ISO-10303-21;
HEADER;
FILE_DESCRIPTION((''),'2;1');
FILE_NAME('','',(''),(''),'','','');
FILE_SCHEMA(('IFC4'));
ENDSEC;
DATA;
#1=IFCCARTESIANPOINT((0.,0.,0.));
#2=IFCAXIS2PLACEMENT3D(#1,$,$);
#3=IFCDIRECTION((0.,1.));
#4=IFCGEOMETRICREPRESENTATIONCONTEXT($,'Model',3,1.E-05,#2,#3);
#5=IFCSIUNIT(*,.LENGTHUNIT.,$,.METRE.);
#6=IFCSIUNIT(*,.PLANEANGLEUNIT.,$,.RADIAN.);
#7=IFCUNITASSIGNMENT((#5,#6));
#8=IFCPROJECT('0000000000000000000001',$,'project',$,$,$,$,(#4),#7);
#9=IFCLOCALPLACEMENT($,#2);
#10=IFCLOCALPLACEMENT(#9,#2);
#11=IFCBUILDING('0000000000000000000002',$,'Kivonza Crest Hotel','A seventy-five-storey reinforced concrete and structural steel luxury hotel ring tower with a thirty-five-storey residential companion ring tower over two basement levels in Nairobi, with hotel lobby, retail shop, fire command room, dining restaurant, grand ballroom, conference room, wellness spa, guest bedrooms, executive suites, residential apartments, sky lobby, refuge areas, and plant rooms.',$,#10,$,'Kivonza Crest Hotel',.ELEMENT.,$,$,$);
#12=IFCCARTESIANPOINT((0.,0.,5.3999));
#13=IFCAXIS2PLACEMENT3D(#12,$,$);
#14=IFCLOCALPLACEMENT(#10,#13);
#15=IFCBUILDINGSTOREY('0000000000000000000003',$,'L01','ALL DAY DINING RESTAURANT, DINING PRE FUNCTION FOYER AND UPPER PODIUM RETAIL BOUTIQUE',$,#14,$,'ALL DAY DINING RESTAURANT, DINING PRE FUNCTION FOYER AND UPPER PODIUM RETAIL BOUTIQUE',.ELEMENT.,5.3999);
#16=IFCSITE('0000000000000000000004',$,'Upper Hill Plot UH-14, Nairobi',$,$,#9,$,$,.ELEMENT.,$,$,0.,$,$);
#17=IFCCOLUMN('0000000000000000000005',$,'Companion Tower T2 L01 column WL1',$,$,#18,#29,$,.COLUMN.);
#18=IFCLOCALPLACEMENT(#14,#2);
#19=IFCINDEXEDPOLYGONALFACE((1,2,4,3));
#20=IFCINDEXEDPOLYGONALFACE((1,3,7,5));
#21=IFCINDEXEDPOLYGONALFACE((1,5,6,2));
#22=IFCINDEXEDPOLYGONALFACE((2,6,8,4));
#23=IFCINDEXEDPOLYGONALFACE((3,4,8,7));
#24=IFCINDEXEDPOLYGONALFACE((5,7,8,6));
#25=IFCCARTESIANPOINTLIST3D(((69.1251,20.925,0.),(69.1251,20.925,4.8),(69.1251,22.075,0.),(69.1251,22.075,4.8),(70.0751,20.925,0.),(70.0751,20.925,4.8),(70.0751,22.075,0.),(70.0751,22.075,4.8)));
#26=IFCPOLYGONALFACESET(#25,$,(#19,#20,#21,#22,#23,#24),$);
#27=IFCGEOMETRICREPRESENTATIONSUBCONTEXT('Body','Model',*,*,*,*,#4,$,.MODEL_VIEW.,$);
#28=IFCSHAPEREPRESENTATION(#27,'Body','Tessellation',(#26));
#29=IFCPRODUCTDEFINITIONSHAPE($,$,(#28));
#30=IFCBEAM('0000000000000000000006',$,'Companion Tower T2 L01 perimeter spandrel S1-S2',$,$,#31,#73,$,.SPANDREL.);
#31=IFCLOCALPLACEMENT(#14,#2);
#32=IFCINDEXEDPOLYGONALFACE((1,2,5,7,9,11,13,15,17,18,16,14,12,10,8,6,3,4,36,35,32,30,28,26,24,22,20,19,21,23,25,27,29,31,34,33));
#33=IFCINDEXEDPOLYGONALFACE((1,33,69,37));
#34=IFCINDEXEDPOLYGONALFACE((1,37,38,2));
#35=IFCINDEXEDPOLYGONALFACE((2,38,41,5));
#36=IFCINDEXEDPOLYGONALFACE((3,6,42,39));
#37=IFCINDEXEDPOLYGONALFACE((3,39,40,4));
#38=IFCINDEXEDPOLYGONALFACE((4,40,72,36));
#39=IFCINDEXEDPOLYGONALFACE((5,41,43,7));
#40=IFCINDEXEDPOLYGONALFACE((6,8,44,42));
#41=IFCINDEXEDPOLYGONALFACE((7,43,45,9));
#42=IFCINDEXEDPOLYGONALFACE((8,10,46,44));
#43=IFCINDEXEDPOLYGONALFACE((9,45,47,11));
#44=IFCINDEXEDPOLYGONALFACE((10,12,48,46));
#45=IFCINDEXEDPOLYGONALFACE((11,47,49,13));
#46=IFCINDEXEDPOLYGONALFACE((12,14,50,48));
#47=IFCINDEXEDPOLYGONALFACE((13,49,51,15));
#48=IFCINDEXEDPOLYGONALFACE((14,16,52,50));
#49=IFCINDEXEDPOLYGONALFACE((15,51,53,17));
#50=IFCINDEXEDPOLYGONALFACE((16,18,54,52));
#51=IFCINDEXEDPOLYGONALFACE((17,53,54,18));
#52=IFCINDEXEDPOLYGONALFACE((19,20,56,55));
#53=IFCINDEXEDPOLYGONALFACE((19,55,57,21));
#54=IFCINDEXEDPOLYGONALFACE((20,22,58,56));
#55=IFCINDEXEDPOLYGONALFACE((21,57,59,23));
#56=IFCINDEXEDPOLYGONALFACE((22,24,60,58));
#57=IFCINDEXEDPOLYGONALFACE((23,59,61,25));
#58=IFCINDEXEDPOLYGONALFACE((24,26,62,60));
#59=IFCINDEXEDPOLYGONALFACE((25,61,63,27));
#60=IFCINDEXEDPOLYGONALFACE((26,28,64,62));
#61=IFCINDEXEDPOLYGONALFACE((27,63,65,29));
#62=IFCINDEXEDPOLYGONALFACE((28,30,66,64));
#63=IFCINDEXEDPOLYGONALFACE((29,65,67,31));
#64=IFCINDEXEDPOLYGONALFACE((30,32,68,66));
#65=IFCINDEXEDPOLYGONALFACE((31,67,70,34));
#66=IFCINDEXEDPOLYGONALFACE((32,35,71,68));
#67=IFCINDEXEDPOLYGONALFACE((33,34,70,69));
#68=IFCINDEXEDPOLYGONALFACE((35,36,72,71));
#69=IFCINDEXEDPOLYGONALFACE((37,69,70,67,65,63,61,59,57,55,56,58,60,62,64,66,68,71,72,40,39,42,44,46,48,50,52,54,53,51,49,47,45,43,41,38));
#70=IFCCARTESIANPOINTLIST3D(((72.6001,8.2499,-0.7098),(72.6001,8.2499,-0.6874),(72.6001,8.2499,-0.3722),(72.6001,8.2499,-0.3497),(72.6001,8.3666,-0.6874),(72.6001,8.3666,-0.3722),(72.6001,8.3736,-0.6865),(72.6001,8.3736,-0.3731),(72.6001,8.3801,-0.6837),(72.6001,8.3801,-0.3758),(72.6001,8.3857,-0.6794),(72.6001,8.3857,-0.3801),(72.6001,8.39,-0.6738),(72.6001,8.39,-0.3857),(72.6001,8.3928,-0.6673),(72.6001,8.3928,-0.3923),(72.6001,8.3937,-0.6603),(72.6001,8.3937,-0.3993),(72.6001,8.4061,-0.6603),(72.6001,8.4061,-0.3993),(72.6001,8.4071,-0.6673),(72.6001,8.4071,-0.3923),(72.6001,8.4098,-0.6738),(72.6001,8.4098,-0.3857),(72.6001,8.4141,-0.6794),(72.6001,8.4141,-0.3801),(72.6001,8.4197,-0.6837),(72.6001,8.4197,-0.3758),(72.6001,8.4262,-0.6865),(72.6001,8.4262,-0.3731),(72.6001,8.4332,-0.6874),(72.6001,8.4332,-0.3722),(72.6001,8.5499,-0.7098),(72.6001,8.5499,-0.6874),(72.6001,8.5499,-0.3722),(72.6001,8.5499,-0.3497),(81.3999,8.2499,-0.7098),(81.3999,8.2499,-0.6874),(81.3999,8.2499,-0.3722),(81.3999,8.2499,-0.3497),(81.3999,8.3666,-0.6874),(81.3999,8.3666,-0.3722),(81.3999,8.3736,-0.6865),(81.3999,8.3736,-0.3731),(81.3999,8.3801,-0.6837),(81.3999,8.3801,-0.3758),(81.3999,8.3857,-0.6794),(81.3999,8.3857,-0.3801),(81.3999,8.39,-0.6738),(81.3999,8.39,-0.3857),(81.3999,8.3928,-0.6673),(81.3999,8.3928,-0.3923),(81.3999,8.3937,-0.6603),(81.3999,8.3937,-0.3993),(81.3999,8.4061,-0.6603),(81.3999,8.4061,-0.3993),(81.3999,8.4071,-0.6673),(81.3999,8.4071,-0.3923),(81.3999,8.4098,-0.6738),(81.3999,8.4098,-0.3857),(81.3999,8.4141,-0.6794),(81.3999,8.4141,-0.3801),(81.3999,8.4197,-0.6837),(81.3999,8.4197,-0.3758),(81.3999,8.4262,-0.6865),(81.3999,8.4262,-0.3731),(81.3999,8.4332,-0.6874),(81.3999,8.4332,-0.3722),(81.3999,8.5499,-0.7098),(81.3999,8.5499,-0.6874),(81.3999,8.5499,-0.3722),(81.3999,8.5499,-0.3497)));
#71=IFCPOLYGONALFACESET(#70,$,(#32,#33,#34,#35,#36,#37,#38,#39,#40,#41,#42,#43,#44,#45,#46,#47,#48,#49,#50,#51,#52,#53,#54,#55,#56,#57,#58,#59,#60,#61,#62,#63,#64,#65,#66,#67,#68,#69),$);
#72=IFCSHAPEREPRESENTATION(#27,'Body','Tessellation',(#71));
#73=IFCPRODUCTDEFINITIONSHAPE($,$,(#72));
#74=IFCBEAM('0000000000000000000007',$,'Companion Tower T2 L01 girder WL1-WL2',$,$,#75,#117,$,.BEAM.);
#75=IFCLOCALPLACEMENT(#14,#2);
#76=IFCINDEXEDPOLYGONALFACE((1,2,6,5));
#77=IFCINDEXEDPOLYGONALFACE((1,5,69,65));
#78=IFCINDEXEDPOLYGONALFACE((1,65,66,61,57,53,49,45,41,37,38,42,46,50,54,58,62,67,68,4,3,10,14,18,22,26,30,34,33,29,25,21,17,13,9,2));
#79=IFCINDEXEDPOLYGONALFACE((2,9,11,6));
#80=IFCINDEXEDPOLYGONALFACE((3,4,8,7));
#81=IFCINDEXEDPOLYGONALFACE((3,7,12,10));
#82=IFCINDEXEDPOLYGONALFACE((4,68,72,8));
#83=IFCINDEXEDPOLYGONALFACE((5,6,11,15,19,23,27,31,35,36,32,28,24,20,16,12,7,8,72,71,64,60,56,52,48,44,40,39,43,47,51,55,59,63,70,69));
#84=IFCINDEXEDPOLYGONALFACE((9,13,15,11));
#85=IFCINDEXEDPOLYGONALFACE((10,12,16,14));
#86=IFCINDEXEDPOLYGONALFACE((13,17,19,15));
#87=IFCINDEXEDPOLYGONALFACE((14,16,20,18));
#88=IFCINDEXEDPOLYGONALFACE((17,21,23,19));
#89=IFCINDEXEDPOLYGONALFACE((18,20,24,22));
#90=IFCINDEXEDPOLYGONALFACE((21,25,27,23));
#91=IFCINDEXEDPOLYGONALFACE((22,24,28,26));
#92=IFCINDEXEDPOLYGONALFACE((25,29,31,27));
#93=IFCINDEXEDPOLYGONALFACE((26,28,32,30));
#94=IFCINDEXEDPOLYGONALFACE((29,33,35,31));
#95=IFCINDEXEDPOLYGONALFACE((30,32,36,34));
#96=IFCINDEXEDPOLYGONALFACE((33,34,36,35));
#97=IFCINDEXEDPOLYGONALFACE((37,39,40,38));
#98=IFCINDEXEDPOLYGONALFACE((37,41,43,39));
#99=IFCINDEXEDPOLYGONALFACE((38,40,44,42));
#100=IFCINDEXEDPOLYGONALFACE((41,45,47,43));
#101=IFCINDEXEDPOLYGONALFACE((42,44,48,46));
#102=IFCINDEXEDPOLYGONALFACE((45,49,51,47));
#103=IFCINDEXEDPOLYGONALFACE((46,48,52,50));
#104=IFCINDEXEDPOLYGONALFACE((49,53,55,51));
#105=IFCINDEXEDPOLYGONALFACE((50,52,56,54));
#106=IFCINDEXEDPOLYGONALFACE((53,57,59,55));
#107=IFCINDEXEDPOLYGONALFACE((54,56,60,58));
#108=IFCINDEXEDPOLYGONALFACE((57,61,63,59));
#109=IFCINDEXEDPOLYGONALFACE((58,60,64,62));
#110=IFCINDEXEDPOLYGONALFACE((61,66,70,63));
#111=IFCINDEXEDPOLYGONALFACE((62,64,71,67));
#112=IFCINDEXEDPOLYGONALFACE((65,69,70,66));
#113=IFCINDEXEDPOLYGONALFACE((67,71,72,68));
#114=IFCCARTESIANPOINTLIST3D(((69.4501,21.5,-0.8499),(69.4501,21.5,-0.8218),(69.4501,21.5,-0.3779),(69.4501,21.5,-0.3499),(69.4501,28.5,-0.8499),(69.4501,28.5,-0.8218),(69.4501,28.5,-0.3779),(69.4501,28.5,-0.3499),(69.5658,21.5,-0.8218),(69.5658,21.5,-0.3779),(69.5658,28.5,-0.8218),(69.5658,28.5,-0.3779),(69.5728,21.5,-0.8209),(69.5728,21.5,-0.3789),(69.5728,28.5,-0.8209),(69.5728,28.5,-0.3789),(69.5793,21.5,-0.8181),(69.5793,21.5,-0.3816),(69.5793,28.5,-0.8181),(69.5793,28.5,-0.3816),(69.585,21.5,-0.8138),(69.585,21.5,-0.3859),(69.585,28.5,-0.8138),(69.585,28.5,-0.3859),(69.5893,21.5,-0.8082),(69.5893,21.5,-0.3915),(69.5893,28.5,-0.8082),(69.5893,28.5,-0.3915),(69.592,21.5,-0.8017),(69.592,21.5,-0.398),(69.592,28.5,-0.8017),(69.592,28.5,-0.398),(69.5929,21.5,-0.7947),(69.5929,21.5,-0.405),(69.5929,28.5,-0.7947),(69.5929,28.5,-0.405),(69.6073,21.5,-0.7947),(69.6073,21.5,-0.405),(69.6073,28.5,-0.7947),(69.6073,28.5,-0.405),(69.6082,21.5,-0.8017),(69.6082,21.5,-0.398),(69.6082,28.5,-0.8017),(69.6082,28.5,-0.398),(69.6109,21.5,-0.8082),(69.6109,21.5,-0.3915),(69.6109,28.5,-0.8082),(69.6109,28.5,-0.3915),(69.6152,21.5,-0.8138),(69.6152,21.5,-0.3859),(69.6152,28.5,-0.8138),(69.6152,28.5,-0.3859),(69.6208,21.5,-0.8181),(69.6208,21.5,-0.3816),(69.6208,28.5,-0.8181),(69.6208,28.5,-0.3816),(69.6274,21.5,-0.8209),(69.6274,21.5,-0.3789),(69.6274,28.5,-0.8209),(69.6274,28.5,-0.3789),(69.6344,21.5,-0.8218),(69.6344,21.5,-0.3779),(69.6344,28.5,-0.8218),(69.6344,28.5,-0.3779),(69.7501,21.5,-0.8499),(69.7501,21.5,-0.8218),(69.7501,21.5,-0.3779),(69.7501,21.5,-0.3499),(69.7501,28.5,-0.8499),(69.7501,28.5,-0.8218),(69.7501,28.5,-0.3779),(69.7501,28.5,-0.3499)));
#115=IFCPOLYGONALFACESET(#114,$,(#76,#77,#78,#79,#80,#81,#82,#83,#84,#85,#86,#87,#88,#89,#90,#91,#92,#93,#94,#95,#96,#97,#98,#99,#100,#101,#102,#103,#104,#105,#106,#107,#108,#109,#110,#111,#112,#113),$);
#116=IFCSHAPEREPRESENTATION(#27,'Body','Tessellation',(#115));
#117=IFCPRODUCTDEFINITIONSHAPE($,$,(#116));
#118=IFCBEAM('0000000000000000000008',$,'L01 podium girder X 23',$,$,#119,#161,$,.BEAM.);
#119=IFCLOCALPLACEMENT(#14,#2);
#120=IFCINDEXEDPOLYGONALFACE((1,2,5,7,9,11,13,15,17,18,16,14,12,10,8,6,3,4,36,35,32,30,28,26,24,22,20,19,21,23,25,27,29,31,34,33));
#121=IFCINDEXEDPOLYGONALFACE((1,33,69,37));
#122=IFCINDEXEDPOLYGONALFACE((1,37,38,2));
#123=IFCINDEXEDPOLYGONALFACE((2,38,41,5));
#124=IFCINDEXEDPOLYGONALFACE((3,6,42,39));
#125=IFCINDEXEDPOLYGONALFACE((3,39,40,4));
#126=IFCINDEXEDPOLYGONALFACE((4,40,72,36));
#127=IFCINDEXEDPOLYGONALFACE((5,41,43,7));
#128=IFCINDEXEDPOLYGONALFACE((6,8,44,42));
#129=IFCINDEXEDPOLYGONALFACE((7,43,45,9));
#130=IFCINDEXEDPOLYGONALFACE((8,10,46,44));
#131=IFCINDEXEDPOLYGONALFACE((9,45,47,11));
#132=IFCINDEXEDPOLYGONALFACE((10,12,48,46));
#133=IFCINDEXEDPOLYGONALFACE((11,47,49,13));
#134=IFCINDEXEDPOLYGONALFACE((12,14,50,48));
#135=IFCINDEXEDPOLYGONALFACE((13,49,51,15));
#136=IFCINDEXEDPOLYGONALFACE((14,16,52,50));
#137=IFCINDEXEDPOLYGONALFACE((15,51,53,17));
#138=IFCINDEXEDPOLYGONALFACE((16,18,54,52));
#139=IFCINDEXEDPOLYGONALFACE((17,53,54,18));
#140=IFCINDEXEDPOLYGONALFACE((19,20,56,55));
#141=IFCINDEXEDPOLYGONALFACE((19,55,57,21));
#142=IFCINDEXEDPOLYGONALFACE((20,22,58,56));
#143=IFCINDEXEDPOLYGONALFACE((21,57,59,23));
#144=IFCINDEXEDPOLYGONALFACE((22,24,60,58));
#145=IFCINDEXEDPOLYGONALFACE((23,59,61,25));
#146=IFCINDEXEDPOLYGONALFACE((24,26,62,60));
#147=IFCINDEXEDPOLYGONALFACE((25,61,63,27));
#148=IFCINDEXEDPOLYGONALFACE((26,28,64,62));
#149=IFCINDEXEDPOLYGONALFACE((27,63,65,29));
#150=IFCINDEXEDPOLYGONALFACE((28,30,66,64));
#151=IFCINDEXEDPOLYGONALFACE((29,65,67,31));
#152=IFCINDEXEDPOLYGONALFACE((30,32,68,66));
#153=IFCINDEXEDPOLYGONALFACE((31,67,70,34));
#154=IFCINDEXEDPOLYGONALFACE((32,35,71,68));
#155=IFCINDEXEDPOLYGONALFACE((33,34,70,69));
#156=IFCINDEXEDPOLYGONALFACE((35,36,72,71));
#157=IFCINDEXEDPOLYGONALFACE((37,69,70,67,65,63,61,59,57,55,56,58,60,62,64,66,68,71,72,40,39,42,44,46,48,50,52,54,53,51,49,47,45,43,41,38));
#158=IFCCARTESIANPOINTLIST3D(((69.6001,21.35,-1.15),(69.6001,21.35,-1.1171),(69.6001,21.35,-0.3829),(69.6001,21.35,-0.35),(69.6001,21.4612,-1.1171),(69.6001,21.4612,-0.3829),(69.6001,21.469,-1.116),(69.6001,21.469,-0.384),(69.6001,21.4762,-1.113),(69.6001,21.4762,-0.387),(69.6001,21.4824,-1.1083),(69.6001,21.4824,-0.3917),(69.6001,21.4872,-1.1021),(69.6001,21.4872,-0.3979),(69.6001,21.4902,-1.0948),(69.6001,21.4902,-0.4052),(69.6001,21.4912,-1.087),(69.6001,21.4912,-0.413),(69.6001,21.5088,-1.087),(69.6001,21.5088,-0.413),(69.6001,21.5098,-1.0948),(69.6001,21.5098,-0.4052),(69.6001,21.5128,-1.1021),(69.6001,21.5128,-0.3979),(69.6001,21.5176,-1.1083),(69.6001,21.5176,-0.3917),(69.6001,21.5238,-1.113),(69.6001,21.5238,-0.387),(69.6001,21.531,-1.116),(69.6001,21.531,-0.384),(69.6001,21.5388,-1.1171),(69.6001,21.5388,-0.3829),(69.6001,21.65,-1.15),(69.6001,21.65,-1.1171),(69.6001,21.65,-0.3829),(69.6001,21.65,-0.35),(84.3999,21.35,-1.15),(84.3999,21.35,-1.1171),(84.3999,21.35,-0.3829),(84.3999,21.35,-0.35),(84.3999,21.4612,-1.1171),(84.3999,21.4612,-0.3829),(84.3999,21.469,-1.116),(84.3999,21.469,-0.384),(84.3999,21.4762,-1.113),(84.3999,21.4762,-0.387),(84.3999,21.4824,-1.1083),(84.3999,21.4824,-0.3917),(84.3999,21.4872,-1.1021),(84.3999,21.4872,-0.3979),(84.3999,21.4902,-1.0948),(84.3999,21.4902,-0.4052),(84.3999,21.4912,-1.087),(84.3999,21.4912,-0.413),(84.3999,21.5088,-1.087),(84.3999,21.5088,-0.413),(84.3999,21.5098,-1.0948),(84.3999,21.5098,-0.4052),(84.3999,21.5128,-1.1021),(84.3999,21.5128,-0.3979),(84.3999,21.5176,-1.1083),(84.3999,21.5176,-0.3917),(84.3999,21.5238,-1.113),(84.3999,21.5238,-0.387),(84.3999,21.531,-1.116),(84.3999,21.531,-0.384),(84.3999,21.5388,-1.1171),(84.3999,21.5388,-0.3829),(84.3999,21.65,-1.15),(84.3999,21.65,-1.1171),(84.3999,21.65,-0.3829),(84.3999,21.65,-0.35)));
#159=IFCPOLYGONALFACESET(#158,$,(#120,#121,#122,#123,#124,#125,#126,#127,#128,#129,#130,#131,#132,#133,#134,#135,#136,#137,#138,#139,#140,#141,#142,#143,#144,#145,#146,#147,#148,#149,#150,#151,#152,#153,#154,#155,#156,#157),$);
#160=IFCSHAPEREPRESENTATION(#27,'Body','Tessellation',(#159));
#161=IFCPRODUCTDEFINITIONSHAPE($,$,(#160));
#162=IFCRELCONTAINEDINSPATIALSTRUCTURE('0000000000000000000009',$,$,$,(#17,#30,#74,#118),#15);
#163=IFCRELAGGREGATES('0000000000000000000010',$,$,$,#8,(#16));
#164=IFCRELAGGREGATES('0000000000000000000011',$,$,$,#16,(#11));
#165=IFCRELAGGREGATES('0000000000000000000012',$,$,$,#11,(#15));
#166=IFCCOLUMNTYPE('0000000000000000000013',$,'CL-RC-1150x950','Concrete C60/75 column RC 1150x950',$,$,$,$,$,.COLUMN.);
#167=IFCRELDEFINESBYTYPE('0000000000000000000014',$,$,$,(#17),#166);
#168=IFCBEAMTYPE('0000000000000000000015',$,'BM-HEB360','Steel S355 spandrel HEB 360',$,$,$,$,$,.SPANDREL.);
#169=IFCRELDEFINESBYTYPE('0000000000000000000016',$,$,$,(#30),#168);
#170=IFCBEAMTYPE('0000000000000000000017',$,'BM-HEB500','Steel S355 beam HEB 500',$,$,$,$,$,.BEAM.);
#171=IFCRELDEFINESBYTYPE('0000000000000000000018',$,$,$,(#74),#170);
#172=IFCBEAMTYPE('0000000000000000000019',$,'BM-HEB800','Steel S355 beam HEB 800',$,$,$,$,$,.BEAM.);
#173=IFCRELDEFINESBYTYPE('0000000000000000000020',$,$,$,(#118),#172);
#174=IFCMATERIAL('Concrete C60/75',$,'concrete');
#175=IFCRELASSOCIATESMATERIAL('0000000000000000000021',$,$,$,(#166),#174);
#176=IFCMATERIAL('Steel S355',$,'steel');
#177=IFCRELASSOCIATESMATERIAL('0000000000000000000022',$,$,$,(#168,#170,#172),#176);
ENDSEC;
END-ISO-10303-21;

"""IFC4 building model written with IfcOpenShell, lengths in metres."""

from ifc_helpers import new_model, si_unit, direction, frame, origin, origin_2d, place, context, subcontext, project, spatial, rectangle, i_section, extrude, material, material_profile, profile_set, type_object, element, save


model = new_model("IFC4")

# Units and contexts
model_context = context("Model", 3, precision=1e-05, world=origin(), true_north=direction((0.0, 1.0)))
body_context = subcontext(model_context, "Body", "Model", "MODEL_VIEW")
ifc_project = project(units=[si_unit("LENGTHUNIT", "METRE"), si_unit("PLANEANGLEUNIT", "RADIAN")], contexts=[model_context])

# Site, building, storey
site_placement = place(None, origin())
site = spatial("IfcSite", under=ifc_project, at=site_placement, Name="Upper Hill Plot UH-14, Nairobi", CompositionType="ELEMENT", RefElevation=0.0)
building_placement = place(site_placement, origin())
building = spatial("IfcBuilding", under=site, at=building_placement, Name="Kivonza Crest Hotel", Description="A seventy-five-storey reinforced concrete and structural steel luxury hotel ring tower with a thirty-five-storey residential companion ring tower over two basement levels in Nairobi, with hotel lobby, retail shop, fire command room, dining restaurant, grand ballroom, conference room, wellness spa, guest bedrooms, executive suites, residential apartments, sky lobby, refuge areas, and plant rooms.", LongName="Kivonza Crest Hotel", CompositionType="ELEMENT")
storey_placement = place(building_placement, frame((0.0, 0.0, 5.3999)))
storey = spatial("IfcBuildingStorey", under=building, at=storey_placement, Name="L01", Description="ALL DAY DINING RESTAURANT, DINING PRE FUNCTION FOYER AND UPPER PODIUM RETAIL BOUTIQUE", LongName="ALL DAY DINING RESTAURANT, DINING PRE FUNCTION FOYER AND UPPER PODIUM RETAIL BOUTIQUE", CompositionType="ELEMENT", Elevation=5.3999)

# Column
ifc_material_1 = material(Name="Concrete C60/75", Category="concrete")
ifc_material_profile_1 = material_profile(ifc_material_1, rectangle(XDim=0.95, YDim=1.1499, at=origin_2d()), Name="RC 1150x950")
ifc_profile_set_1 = profile_set([ifc_material_profile_1], Name="Concrete C60/75")
column_type = type_object("IfcColumnType", Name="CL-RC-1150x950", Description="Concrete C60/75 column RC 1150x950", PredefinedType="COLUMN", material=ifc_profile_set_1)
column_placement = place(storey_placement, frame((69.6001, 21.5, 0.0), z_axis=(0.0, 0.0, 1.0), x_axis=(1.0, 0.0, 0.0)))
element("IfcColumn", 1, at=column_placement, inside=storey, type_object=column_type, Name="Companion Tower T2 L01 column WL1", PredefinedType="COLUMN", context=body_context, shape_type="SweptSolid", body=[
    extrude(rectangle(XDim=0.95, YDim=1.1499, at=origin_2d()), origin(), (0.0, 0.0, 1.0), 4.8),
])

# Beams
ifc_material_2 = material(Name="Steel S355", Category="steel")
ifc_material_profile_2 = material_profile(ifc_material_2, i_section(OverallWidth=0.3, OverallDepth=0.3601, WebThickness=0.0125, FlangeThickness=0.0225, FilletRadius=0.0271, at=origin_2d()), Name="HEB 360")
ifc_profile_set_2 = profile_set([ifc_material_profile_2], Name="Steel S355")
beam_type_1 = type_object("IfcBeamType", Name="BM-HEB360", Description="Steel S355 spandrel HEB 360", PredefinedType="SPANDREL", material=ifc_profile_set_2)
beam_1_placement = place(storey_placement, frame((72.6001, 8.3999, -0.5298), z_axis=(1.0, 0.0, 0.0), x_axis=(0.0, 1.0, 0.0)))
element("IfcBeam", 2, at=beam_1_placement, inside=storey, type_object=beam_type_1, Name="Companion Tower T2 L01 perimeter spandrel S1-S2", PredefinedType="SPANDREL", context=body_context, shape_type="SweptSolid", body=[
    extrude(i_section(OverallWidth=0.3, OverallDepth=0.3601, WebThickness=0.0125, FlangeThickness=0.0225, FilletRadius=0.0271, at=origin_2d()), origin(), (0.0, 0.0, 1.0), 8.7998),
])
ifc_material_profile_3 = material_profile(ifc_material_2, i_section(OverallWidth=0.3, OverallDepth=0.5, WebThickness=0.0144, FlangeThickness=0.0281, FilletRadius=0.0271, at=origin_2d()), Name="HEB 500")
ifc_profile_set_3 = profile_set([ifc_material_profile_3], Name="Steel S355")
beam_type_2 = type_object("IfcBeamType", Name="BM-HEB500", Description="Steel S355 beam HEB 500", PredefinedType="BEAM", material=ifc_profile_set_3)
beam_2_placement = place(storey_placement, frame((69.6001, 21.5, -0.5999), z_axis=(0.0, 1.0, 0.0), x_axis=(-1.0, 0.0, 0.0)))
element("IfcBeam", 3, at=beam_2_placement, inside=storey, type_object=beam_type_2, Name="Companion Tower T2 L01 girder WL1-WL2", PredefinedType="BEAM", context=body_context, shape_type="SweptSolid", body=[
    extrude(i_section(OverallWidth=0.3, OverallDepth=0.5, WebThickness=0.0144, FlangeThickness=0.0281, FilletRadius=0.0271, at=origin_2d()), origin(), (0.0, 0.0, 1.0), 7.0),
])
ifc_material_profile_4 = material_profile(ifc_material_2, i_section(OverallWidth=0.3, OverallDepth=0.8, WebThickness=0.0176, FlangeThickness=0.033, FilletRadius=0.03, at=origin_2d()), Name="HEB 800")
ifc_profile_set_4 = profile_set([ifc_material_profile_4], Name="Steel S355")
beam_type_3 = type_object("IfcBeamType", Name="BM-HEB800", Description="Steel S355 beam HEB 800", PredefinedType="BEAM", material=ifc_profile_set_4)
beam_3_placement = place(storey_placement, frame((69.6001, 21.5, -0.75), z_axis=(1.0, 0.0, 0.0), x_axis=(0.0, 1.0, 0.0)))
element("IfcBeam", 4, at=beam_3_placement, inside=storey, type_object=beam_type_3, Name="L01 podium girder X 23", PredefinedType="BEAM", context=body_context, shape_type="SweptSolid", body=[
    extrude(i_section(OverallWidth=0.3, OverallDepth=0.8, WebThickness=0.0176, FlangeThickness=0.033, FilletRadius=0.03, at=origin_2d()), origin(), (0.0, 0.0, 1.0), 14.7998),
])

save(model, "model.ifc")
